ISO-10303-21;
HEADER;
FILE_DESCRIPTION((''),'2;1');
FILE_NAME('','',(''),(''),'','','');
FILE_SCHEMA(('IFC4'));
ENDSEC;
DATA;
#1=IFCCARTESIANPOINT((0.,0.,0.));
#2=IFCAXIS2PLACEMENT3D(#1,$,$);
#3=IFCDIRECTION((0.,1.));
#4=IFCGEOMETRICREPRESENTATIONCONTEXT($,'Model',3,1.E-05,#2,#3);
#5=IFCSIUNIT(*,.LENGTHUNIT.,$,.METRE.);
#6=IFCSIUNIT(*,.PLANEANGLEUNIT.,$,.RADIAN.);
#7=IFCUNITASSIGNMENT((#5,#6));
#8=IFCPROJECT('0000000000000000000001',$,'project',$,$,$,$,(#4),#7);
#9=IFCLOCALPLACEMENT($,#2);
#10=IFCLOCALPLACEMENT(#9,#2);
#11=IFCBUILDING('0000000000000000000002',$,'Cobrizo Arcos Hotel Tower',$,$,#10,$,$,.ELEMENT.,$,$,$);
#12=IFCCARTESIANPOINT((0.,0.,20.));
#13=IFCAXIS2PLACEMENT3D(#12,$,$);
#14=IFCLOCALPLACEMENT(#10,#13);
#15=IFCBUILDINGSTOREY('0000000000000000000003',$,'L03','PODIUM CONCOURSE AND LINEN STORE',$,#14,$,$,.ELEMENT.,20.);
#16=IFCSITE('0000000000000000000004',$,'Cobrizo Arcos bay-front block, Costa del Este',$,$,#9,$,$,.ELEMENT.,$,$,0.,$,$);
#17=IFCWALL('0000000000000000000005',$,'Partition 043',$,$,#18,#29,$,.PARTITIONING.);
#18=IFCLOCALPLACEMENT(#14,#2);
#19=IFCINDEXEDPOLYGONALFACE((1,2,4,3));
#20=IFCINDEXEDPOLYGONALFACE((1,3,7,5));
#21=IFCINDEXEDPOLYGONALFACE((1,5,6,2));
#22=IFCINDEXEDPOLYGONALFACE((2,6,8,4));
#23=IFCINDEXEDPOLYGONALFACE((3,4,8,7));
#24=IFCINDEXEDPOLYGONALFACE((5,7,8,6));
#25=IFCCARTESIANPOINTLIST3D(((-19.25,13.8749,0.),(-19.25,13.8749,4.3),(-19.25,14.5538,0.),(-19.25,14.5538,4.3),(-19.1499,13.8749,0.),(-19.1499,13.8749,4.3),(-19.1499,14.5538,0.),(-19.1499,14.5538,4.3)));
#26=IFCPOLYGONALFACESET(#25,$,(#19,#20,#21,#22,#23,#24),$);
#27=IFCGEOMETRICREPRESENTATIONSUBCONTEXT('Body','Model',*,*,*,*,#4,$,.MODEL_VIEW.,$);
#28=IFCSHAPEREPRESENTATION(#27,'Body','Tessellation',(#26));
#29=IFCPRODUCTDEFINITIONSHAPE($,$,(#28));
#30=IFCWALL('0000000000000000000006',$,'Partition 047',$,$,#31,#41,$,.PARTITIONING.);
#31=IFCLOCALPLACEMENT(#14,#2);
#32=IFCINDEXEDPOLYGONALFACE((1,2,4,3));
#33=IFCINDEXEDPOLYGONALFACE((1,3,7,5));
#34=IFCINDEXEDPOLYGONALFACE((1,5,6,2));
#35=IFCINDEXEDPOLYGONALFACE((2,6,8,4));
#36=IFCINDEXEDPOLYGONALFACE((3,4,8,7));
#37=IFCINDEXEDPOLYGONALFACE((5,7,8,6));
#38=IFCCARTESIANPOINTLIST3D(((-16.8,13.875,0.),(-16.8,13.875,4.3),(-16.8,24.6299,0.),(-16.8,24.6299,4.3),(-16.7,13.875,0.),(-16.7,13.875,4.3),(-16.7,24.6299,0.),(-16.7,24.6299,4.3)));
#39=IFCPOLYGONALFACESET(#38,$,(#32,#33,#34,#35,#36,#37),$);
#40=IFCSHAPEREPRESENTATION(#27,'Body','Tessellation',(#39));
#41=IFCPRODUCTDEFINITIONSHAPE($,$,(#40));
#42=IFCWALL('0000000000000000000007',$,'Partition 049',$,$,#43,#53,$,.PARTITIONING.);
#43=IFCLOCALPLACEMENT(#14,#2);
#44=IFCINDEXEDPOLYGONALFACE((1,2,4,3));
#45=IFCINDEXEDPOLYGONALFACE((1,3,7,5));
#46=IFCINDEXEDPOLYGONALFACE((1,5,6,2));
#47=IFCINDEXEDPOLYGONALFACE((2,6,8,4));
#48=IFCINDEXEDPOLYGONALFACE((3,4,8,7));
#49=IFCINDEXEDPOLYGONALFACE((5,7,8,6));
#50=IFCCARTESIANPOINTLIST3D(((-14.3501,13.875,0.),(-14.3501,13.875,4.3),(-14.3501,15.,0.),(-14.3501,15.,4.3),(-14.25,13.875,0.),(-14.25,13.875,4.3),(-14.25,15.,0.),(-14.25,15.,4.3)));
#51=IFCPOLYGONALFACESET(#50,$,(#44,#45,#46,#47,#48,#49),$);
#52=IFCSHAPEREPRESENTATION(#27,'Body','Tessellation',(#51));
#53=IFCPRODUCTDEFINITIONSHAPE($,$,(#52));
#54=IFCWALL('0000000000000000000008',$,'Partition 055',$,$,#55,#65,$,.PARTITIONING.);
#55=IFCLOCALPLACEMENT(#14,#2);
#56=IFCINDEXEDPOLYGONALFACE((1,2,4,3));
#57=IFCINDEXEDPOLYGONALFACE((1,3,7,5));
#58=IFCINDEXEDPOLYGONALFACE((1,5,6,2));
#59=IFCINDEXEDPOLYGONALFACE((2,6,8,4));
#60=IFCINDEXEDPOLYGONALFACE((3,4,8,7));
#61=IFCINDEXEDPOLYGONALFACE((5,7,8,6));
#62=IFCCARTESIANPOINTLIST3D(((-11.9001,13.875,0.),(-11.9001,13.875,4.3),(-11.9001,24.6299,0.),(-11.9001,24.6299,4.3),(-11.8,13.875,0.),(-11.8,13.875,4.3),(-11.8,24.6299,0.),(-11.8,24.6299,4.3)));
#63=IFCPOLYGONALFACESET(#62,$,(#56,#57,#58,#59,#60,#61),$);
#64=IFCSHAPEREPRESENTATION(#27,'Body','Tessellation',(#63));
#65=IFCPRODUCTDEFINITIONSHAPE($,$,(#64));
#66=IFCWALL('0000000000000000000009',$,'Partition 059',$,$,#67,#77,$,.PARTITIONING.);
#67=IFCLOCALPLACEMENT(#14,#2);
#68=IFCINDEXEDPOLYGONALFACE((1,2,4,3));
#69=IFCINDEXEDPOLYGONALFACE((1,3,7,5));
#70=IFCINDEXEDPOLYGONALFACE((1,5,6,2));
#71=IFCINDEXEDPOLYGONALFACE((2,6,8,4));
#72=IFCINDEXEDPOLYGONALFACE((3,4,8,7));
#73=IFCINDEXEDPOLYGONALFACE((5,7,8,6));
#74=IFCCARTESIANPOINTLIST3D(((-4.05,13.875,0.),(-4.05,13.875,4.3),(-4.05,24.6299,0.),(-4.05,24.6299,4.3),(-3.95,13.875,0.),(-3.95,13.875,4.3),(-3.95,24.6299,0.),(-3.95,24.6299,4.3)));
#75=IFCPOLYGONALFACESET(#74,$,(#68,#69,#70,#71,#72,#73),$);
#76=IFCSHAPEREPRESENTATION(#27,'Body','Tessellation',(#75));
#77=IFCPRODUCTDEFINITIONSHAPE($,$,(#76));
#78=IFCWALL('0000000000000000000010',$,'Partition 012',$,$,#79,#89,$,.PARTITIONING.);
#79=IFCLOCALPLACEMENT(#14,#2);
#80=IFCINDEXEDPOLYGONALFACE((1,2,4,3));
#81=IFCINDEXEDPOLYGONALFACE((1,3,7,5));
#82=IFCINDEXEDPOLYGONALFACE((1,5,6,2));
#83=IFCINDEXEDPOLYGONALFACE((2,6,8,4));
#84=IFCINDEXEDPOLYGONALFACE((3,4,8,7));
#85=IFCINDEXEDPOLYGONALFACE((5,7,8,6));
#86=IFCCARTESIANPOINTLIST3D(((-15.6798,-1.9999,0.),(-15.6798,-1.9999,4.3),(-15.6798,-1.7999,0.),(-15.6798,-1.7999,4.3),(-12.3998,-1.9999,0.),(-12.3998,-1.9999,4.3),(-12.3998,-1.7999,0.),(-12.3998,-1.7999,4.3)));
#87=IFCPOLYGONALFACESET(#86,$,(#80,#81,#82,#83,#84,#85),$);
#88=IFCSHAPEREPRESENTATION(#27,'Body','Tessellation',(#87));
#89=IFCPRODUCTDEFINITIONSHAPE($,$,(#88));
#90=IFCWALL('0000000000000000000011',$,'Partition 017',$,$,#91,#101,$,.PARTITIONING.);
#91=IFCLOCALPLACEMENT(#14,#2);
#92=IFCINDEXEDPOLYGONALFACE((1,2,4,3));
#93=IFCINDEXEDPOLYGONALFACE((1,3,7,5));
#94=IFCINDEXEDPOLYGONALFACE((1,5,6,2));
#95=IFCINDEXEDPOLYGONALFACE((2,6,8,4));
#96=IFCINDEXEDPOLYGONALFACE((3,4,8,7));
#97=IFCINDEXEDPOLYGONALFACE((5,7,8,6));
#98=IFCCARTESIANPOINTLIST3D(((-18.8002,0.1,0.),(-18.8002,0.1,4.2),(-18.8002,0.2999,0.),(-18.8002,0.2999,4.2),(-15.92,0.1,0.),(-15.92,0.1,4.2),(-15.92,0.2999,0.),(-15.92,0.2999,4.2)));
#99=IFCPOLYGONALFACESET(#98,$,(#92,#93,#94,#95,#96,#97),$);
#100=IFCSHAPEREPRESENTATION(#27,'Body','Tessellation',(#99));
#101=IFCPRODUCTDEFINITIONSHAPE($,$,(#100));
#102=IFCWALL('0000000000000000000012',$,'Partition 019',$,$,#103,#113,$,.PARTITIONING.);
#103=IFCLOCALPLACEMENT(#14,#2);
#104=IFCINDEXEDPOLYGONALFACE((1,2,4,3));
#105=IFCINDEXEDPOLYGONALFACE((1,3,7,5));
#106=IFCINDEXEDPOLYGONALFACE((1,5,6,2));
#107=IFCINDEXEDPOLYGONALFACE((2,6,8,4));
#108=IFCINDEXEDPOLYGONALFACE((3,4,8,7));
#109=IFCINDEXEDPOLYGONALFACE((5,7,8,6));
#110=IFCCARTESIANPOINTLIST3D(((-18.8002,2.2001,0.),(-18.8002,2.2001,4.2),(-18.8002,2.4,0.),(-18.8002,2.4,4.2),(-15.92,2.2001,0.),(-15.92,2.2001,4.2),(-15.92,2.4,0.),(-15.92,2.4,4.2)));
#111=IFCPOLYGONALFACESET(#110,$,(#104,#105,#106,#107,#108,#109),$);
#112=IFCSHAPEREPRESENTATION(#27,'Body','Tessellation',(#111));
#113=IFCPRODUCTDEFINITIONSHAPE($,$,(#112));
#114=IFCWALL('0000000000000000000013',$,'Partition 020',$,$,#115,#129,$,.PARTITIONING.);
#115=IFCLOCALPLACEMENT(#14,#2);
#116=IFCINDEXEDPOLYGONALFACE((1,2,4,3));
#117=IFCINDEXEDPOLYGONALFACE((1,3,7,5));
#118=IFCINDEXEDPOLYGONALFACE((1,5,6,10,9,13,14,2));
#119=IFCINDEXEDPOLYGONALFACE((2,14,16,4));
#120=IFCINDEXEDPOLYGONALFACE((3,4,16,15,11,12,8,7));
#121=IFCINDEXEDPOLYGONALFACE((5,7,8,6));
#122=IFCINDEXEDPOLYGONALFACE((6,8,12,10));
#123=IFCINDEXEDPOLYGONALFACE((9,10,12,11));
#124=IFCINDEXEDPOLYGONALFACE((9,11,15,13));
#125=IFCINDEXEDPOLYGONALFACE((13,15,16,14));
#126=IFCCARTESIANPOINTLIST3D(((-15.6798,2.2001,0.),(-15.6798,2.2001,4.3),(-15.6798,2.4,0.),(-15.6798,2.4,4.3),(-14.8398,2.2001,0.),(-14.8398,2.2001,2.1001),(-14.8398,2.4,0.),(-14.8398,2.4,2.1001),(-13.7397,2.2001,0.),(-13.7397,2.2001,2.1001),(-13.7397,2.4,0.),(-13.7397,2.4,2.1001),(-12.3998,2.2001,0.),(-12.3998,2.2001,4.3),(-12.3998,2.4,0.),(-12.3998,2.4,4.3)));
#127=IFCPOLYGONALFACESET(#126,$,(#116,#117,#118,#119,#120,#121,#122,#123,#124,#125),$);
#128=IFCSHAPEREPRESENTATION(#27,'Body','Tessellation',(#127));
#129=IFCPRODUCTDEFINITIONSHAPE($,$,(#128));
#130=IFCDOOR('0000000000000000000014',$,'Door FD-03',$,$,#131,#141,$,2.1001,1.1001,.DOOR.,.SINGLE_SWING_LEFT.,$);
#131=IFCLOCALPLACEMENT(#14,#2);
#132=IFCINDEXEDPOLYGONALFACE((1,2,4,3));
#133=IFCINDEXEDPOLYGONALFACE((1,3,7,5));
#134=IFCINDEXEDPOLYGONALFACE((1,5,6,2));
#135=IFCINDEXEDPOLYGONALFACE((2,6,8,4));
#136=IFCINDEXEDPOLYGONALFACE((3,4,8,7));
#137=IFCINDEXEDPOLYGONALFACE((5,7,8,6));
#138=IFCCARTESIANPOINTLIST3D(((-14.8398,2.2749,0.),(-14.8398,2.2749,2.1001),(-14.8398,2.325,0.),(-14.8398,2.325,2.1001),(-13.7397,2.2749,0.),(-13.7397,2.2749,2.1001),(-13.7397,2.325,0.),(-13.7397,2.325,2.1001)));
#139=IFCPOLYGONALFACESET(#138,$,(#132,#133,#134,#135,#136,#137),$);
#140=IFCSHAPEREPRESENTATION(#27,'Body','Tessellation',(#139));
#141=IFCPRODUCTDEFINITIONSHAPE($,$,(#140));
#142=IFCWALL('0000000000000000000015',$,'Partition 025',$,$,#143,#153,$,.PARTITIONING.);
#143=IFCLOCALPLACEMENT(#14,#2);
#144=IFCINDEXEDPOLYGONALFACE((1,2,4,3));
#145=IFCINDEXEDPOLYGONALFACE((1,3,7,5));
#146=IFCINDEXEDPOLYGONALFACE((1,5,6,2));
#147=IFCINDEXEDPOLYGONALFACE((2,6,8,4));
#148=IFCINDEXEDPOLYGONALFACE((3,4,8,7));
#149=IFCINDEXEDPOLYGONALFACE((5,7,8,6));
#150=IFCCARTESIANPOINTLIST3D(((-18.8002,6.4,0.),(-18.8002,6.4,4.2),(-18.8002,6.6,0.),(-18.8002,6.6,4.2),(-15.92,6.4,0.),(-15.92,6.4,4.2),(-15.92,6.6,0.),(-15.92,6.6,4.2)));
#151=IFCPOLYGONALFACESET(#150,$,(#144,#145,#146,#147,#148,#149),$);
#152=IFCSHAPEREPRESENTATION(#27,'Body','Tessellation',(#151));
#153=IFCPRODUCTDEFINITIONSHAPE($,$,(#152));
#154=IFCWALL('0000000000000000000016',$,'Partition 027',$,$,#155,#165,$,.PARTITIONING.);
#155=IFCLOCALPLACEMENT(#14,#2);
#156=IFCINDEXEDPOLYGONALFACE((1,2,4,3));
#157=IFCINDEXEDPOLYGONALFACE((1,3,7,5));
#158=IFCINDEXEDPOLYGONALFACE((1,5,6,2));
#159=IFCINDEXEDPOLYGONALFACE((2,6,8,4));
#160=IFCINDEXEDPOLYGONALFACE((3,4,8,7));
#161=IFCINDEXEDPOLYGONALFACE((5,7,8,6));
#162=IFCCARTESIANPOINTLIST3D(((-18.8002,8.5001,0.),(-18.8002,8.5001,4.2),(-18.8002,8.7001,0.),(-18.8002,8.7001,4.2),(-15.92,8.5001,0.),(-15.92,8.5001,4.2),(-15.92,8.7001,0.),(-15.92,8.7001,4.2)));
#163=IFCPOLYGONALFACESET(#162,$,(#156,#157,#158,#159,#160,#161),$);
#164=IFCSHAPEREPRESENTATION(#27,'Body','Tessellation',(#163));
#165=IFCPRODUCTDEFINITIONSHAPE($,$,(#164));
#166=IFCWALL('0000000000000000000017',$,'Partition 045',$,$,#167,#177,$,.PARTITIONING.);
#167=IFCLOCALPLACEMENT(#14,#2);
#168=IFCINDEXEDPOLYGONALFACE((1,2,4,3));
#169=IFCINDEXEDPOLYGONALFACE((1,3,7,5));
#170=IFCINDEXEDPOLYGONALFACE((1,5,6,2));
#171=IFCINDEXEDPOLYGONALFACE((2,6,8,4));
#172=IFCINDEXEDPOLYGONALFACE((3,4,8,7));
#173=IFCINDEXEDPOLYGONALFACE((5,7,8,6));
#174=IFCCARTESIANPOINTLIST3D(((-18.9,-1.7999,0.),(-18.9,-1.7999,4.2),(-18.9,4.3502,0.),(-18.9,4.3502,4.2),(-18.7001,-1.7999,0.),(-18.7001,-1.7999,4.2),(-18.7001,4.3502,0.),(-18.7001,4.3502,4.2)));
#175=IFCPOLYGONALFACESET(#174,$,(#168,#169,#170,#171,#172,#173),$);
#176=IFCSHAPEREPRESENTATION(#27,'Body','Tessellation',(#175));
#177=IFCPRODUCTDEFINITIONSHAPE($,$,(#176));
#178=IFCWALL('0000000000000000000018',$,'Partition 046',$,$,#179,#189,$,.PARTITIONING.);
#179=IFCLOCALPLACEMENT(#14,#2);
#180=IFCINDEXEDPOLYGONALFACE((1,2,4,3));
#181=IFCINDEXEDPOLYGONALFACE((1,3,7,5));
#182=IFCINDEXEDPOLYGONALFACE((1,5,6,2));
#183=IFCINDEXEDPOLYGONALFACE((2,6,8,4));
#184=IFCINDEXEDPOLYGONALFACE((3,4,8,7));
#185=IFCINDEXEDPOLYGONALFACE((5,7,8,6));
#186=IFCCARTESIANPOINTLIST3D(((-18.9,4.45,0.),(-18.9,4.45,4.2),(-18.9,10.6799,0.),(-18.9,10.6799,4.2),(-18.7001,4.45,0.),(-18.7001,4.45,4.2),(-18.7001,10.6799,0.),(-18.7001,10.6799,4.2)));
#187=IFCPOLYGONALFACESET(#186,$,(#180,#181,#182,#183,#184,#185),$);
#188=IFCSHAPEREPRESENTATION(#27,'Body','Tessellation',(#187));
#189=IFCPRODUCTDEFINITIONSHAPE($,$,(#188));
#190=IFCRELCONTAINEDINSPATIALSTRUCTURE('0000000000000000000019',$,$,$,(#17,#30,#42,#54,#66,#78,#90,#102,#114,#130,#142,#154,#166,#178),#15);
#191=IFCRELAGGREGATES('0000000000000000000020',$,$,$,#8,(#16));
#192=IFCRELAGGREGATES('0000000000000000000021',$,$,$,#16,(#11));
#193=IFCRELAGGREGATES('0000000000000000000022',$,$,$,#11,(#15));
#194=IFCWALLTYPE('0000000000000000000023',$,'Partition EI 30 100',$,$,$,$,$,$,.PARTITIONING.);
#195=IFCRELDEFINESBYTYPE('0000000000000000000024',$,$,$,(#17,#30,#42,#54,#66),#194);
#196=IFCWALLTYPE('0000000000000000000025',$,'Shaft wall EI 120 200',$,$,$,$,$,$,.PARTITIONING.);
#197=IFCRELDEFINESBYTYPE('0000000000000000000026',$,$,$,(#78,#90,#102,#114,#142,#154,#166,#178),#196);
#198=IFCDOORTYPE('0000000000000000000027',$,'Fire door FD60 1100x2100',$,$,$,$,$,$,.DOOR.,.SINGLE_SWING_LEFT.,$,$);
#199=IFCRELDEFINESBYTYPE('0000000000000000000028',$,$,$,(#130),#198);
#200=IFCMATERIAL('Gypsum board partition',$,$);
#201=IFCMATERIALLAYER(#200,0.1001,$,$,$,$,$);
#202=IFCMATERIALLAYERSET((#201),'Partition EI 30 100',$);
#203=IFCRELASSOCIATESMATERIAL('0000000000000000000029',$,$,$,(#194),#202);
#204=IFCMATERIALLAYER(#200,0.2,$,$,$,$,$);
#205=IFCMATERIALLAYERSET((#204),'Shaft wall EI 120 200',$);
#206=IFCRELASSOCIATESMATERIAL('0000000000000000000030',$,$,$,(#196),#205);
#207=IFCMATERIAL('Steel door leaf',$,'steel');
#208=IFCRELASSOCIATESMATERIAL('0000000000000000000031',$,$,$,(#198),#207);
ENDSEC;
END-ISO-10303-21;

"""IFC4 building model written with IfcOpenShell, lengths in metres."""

from ifc_helpers import new_model, si_unit, direction, frame, frame_2d, origin, place, context, subcontext, project, spatial, rectangle, extrude, material, layer, layer_set, type_object, element, fill, save


model = new_model("IFC4")

# Units and contexts
model_context = context("Model", 3, precision=1e-05, world=origin(), true_north=direction((0.0, 1.0)))
body_context = subcontext(model_context, "Body", "Model", "MODEL_VIEW")
ifc_project = project(units=[si_unit("LENGTHUNIT", "METRE"), si_unit("PLANEANGLEUNIT", "RADIAN")], contexts=[model_context])

# Site, building, storey
site_placement = place(None, origin())
site = spatial("IfcSite", under=ifc_project, at=site_placement, Name="Cobrizo Arcos bay-front block, Costa del Este", CompositionType="ELEMENT", RefElevation=0.0)
building_placement = place(site_placement, origin())
building = spatial("IfcBuilding", under=site, at=building_placement, Name="Cobrizo Arcos Hotel Tower", CompositionType="ELEMENT")
storey_placement = place(building_placement, frame((0.0, 0.0, 20.0)))
storey = spatial("IfcBuildingStorey", under=building, at=storey_placement, Name="L03", Description="PODIUM CONCOURSE AND LINEN STORE", CompositionType="ELEMENT", Elevation=20.0)

# Walls
ifc_material_1 = material(Name="Gypsum board partition")
ifc_layer_1 = layer(ifc_material_1, 0.1001)
ifc_layer_set_1 = layer_set([ifc_layer_1], Name="Partition EI 30 100")
wall_type_1 = type_object("IfcWallType", Name="Partition EI 30 100", PredefinedType="PARTITIONING", material=ifc_layer_set_1)
wall_1_placement = place(storey_placement, frame((-19.2, 13.875, 0.0), z_axis=(0.0, 0.0, 1.0), x_axis=(0.0, 1.0, 0.0)))
element("IfcWall", 1, at=wall_1_placement, inside=storey, type_object=wall_type_1, Name="Partition 043", PredefinedType="PARTITIONING", context=body_context, shape_type="SweptSolid", body=[
    extrude(rectangle(XDim=0.679, YDim=0.1001, at=frame_2d((0.3394, 0.0))), origin(), (0.0, 0.0, 1.0), 4.3),
])
wall_2_placement = place(storey_placement, frame((-16.75, 13.875, 0.0), z_axis=(0.0, 0.0, 1.0), x_axis=(0.0, 1.0, 0.0)))
element("IfcWall", 2, at=wall_2_placement, inside=storey, type_object=wall_type_1, Name="Partition 047", PredefinedType="PARTITIONING", context=body_context, shape_type="SweptSolid", body=[
    extrude(rectangle(XDim=10.7549, YDim=0.1001, at=frame_2d((5.3774, 0.0))), origin(), (0.0, 0.0, 1.0), 4.3),
])
wall_3_placement = place(storey_placement, frame((-14.3, 13.875, 0.0), z_axis=(0.0, 0.0, 1.0), x_axis=(0.0, 1.0, 0.0)))
element("IfcWall", 3, at=wall_3_placement, inside=storey, type_object=wall_type_1, Name="Partition 049", PredefinedType="PARTITIONING", context=body_context, shape_type="SweptSolid", body=[
    extrude(rectangle(XDim=1.125, YDim=0.1001, at=frame_2d((0.5625, 0.0))), origin(), (0.0, 0.0, 1.0), 4.3),
])
for number, where, z_axis, x_axis, name in (
    (4, (-11.8501, 13.875, 0.0), (0.0, 0.0, 1.0), (0.0, 1.0, 0.0), "Partition 055"),
    (5, (-4.0, 13.875, 0.0), (0.0, 0.0, 1.0), (0.0, 1.0, 0.0), "Partition 059"),
):
    element("IfcWall", number, at=place(storey_placement, frame(where, z_axis=z_axis, x_axis=x_axis)), inside=storey, type_object=wall_type_1, Name=name, PredefinedType="PARTITIONING", context=body_context, shape_type="SweptSolid", body=[
        extrude(rectangle(XDim=10.7549, YDim=0.1001, at=frame_2d((5.3774, 0.0))), origin(), (0.0, 0.0, 1.0), 4.3),
    ])
ifc_layer_2 = layer(ifc_material_1, 0.2)
ifc_layer_set_2 = layer_set([ifc_layer_2], Name="Shaft wall EI 120 200")
wall_type_2 = type_object("IfcWallType", Name="Shaft wall EI 120 200", PredefinedType="PARTITIONING", material=ifc_layer_set_2)
wall_4_placement = place(storey_placement, frame((-15.6799, -1.8999, 0.0), z_axis=(0.0, 0.0, 1.0), x_axis=(1.0, 0.0, 0.0)))
element("IfcWall", 6, at=wall_4_placement, inside=storey, type_object=wall_type_2, Name="Partition 012", PredefinedType="PARTITIONING", context=body_context, shape_type="SweptSolid", body=[
    extrude(rectangle(XDim=3.28, YDim=0.2, at=frame_2d((1.6401, 0.0))), origin(), (0.0, 0.0, 1.0), 4.3),
])
for number, where, z_axis, x_axis, name in (
    (7, (-18.8, 0.2, 0.0), (0.0, 0.0, 1.0), (1.0, 0.0, 0.0), "Partition 017"),
    (8, (-18.8, 2.3, 0.0), (0.0, 0.0, 1.0), (1.0, 0.0, 0.0), "Partition 019"),
):
    element("IfcWall", number, at=place(storey_placement, frame(where, z_axis=z_axis, x_axis=x_axis)), inside=storey, type_object=wall_type_2, Name=name, PredefinedType="PARTITIONING", context=body_context, shape_type="SweptSolid", body=[
        extrude(rectangle(XDim=2.8801, YDim=0.2, at=frame_2d((1.4399, 0.0))), origin(), (0.0, 0.0, 1.0), 4.2),
    ])

# Wall, opening, door
wall_5_placement = place(storey_placement, frame((-15.6799, 2.3, 0.0), z_axis=(0.0, 0.0, 1.0), x_axis=(1.0, 0.0, 0.0)))
wall_5 = element("IfcWall", 9, at=wall_5_placement, inside=storey, type_object=wall_type_2, Name="Partition 020", PredefinedType="PARTITIONING", context=body_context, shape_type="SweptSolid", body=[
    extrude(rectangle(XDim=3.28, YDim=0.2, at=frame_2d((1.6401, 0.0))), origin(), (0.0, 0.0, 1.0), 4.3),
])
opening_1_placement = place(wall_5_placement, frame((0.8401, 0.0, 0.0)))
opening_1 = element("IfcOpeningElement", 10, at=opening_1_placement, cuts=wall_5, PredefinedType="OPENING", context=body_context, shape_type="SweptSolid", body=[
    extrude(rectangle(XDim=1.1001, YDim=2.1001, at=frame_2d((0.55, 1.05))), frame((0.0, 0.1121, 0.0), z_axis=(0.0, -1.0, 0.0), x_axis=(1.0, 0.0, 0.0)), (0.0, 0.0, 1.0), 0.2239),
])
ifc_material_2 = material(Name="Steel door leaf", Category="steel")
door_type = type_object("IfcDoorType", Name="Fire door FD60 1100x2100", OperationType="SINGLE_SWING_LEFT", PredefinedType="DOOR", material=ifc_material_2)
door_1_placement = place(opening_1_placement, origin())
door_1 = element("IfcDoor", 11, at=door_1_placement, inside=storey, type_object=door_type, Name="Door FD-03", OperationType="SINGLE_SWING_LEFT", OverallHeight=2.1001, OverallWidth=1.1001, PredefinedType="DOOR", context=body_context, shape_type="SweptSolid", body=[
    extrude(rectangle(XDim=1.1001, YDim=2.1001, at=frame_2d((0.55, 1.05))), frame((0.0, 0.0249, 0.0), z_axis=(0.0, -1.0, 0.0), x_axis=(1.0, 0.0, 0.0)), (0.0, 0.0, 1.0), 0.05),
])
fill(opening_1, door_1)

# Walls
for number, where, z_axis, x_axis, name in (
    (12, (-18.8, 6.5, 0.0), (0.0, 0.0, 1.0), (1.0, 0.0, 0.0), "Partition 025"),
    (13, (-18.8, 8.6001, 0.0), (0.0, 0.0, 1.0), (1.0, 0.0, 0.0), "Partition 027"),
):
    element("IfcWall", number, at=place(storey_placement, frame(where, z_axis=z_axis, x_axis=x_axis)), inside=storey, type_object=wall_type_2, Name=name, PredefinedType="PARTITIONING", context=body_context, shape_type="SweptSolid", body=[
        extrude(rectangle(XDim=2.8801, YDim=0.2, at=frame_2d((1.4399, 0.0))), origin(), (0.0, 0.0, 1.0), 4.2),
    ])
wall_6_placement = place(storey_placement, frame((-18.8, -1.8, 0.0), z_axis=(0.0, 0.0, 1.0), x_axis=(0.0, 1.0, 0.0)))
element("IfcWall", 14, at=wall_6_placement, inside=storey, type_object=wall_type_2, Name="Partition 045", PredefinedType="PARTITIONING", context=body_context, shape_type="SweptSolid", body=[
    extrude(rectangle(XDim=6.1501, YDim=0.2, at=frame_2d((3.0752, 0.0))), origin(), (0.0, 0.0, 1.0), 4.2),
])
wall_7_placement = place(storey_placement, frame((-18.8, 4.45, 0.0), z_axis=(0.0, 0.0, 1.0), x_axis=(0.0, 1.0, 0.0)))
element("IfcWall", 15, at=wall_7_placement, inside=storey, type_object=wall_type_2, Name="Partition 046", PredefinedType="PARTITIONING", context=body_context, shape_type="SweptSolid", body=[
    extrude(rectangle(XDim=6.23, YDim=0.2, at=frame_2d((3.115, 0.0))), origin(), (0.0, 0.0, 1.0), 4.2),
])

save(model, "model.ifc")
